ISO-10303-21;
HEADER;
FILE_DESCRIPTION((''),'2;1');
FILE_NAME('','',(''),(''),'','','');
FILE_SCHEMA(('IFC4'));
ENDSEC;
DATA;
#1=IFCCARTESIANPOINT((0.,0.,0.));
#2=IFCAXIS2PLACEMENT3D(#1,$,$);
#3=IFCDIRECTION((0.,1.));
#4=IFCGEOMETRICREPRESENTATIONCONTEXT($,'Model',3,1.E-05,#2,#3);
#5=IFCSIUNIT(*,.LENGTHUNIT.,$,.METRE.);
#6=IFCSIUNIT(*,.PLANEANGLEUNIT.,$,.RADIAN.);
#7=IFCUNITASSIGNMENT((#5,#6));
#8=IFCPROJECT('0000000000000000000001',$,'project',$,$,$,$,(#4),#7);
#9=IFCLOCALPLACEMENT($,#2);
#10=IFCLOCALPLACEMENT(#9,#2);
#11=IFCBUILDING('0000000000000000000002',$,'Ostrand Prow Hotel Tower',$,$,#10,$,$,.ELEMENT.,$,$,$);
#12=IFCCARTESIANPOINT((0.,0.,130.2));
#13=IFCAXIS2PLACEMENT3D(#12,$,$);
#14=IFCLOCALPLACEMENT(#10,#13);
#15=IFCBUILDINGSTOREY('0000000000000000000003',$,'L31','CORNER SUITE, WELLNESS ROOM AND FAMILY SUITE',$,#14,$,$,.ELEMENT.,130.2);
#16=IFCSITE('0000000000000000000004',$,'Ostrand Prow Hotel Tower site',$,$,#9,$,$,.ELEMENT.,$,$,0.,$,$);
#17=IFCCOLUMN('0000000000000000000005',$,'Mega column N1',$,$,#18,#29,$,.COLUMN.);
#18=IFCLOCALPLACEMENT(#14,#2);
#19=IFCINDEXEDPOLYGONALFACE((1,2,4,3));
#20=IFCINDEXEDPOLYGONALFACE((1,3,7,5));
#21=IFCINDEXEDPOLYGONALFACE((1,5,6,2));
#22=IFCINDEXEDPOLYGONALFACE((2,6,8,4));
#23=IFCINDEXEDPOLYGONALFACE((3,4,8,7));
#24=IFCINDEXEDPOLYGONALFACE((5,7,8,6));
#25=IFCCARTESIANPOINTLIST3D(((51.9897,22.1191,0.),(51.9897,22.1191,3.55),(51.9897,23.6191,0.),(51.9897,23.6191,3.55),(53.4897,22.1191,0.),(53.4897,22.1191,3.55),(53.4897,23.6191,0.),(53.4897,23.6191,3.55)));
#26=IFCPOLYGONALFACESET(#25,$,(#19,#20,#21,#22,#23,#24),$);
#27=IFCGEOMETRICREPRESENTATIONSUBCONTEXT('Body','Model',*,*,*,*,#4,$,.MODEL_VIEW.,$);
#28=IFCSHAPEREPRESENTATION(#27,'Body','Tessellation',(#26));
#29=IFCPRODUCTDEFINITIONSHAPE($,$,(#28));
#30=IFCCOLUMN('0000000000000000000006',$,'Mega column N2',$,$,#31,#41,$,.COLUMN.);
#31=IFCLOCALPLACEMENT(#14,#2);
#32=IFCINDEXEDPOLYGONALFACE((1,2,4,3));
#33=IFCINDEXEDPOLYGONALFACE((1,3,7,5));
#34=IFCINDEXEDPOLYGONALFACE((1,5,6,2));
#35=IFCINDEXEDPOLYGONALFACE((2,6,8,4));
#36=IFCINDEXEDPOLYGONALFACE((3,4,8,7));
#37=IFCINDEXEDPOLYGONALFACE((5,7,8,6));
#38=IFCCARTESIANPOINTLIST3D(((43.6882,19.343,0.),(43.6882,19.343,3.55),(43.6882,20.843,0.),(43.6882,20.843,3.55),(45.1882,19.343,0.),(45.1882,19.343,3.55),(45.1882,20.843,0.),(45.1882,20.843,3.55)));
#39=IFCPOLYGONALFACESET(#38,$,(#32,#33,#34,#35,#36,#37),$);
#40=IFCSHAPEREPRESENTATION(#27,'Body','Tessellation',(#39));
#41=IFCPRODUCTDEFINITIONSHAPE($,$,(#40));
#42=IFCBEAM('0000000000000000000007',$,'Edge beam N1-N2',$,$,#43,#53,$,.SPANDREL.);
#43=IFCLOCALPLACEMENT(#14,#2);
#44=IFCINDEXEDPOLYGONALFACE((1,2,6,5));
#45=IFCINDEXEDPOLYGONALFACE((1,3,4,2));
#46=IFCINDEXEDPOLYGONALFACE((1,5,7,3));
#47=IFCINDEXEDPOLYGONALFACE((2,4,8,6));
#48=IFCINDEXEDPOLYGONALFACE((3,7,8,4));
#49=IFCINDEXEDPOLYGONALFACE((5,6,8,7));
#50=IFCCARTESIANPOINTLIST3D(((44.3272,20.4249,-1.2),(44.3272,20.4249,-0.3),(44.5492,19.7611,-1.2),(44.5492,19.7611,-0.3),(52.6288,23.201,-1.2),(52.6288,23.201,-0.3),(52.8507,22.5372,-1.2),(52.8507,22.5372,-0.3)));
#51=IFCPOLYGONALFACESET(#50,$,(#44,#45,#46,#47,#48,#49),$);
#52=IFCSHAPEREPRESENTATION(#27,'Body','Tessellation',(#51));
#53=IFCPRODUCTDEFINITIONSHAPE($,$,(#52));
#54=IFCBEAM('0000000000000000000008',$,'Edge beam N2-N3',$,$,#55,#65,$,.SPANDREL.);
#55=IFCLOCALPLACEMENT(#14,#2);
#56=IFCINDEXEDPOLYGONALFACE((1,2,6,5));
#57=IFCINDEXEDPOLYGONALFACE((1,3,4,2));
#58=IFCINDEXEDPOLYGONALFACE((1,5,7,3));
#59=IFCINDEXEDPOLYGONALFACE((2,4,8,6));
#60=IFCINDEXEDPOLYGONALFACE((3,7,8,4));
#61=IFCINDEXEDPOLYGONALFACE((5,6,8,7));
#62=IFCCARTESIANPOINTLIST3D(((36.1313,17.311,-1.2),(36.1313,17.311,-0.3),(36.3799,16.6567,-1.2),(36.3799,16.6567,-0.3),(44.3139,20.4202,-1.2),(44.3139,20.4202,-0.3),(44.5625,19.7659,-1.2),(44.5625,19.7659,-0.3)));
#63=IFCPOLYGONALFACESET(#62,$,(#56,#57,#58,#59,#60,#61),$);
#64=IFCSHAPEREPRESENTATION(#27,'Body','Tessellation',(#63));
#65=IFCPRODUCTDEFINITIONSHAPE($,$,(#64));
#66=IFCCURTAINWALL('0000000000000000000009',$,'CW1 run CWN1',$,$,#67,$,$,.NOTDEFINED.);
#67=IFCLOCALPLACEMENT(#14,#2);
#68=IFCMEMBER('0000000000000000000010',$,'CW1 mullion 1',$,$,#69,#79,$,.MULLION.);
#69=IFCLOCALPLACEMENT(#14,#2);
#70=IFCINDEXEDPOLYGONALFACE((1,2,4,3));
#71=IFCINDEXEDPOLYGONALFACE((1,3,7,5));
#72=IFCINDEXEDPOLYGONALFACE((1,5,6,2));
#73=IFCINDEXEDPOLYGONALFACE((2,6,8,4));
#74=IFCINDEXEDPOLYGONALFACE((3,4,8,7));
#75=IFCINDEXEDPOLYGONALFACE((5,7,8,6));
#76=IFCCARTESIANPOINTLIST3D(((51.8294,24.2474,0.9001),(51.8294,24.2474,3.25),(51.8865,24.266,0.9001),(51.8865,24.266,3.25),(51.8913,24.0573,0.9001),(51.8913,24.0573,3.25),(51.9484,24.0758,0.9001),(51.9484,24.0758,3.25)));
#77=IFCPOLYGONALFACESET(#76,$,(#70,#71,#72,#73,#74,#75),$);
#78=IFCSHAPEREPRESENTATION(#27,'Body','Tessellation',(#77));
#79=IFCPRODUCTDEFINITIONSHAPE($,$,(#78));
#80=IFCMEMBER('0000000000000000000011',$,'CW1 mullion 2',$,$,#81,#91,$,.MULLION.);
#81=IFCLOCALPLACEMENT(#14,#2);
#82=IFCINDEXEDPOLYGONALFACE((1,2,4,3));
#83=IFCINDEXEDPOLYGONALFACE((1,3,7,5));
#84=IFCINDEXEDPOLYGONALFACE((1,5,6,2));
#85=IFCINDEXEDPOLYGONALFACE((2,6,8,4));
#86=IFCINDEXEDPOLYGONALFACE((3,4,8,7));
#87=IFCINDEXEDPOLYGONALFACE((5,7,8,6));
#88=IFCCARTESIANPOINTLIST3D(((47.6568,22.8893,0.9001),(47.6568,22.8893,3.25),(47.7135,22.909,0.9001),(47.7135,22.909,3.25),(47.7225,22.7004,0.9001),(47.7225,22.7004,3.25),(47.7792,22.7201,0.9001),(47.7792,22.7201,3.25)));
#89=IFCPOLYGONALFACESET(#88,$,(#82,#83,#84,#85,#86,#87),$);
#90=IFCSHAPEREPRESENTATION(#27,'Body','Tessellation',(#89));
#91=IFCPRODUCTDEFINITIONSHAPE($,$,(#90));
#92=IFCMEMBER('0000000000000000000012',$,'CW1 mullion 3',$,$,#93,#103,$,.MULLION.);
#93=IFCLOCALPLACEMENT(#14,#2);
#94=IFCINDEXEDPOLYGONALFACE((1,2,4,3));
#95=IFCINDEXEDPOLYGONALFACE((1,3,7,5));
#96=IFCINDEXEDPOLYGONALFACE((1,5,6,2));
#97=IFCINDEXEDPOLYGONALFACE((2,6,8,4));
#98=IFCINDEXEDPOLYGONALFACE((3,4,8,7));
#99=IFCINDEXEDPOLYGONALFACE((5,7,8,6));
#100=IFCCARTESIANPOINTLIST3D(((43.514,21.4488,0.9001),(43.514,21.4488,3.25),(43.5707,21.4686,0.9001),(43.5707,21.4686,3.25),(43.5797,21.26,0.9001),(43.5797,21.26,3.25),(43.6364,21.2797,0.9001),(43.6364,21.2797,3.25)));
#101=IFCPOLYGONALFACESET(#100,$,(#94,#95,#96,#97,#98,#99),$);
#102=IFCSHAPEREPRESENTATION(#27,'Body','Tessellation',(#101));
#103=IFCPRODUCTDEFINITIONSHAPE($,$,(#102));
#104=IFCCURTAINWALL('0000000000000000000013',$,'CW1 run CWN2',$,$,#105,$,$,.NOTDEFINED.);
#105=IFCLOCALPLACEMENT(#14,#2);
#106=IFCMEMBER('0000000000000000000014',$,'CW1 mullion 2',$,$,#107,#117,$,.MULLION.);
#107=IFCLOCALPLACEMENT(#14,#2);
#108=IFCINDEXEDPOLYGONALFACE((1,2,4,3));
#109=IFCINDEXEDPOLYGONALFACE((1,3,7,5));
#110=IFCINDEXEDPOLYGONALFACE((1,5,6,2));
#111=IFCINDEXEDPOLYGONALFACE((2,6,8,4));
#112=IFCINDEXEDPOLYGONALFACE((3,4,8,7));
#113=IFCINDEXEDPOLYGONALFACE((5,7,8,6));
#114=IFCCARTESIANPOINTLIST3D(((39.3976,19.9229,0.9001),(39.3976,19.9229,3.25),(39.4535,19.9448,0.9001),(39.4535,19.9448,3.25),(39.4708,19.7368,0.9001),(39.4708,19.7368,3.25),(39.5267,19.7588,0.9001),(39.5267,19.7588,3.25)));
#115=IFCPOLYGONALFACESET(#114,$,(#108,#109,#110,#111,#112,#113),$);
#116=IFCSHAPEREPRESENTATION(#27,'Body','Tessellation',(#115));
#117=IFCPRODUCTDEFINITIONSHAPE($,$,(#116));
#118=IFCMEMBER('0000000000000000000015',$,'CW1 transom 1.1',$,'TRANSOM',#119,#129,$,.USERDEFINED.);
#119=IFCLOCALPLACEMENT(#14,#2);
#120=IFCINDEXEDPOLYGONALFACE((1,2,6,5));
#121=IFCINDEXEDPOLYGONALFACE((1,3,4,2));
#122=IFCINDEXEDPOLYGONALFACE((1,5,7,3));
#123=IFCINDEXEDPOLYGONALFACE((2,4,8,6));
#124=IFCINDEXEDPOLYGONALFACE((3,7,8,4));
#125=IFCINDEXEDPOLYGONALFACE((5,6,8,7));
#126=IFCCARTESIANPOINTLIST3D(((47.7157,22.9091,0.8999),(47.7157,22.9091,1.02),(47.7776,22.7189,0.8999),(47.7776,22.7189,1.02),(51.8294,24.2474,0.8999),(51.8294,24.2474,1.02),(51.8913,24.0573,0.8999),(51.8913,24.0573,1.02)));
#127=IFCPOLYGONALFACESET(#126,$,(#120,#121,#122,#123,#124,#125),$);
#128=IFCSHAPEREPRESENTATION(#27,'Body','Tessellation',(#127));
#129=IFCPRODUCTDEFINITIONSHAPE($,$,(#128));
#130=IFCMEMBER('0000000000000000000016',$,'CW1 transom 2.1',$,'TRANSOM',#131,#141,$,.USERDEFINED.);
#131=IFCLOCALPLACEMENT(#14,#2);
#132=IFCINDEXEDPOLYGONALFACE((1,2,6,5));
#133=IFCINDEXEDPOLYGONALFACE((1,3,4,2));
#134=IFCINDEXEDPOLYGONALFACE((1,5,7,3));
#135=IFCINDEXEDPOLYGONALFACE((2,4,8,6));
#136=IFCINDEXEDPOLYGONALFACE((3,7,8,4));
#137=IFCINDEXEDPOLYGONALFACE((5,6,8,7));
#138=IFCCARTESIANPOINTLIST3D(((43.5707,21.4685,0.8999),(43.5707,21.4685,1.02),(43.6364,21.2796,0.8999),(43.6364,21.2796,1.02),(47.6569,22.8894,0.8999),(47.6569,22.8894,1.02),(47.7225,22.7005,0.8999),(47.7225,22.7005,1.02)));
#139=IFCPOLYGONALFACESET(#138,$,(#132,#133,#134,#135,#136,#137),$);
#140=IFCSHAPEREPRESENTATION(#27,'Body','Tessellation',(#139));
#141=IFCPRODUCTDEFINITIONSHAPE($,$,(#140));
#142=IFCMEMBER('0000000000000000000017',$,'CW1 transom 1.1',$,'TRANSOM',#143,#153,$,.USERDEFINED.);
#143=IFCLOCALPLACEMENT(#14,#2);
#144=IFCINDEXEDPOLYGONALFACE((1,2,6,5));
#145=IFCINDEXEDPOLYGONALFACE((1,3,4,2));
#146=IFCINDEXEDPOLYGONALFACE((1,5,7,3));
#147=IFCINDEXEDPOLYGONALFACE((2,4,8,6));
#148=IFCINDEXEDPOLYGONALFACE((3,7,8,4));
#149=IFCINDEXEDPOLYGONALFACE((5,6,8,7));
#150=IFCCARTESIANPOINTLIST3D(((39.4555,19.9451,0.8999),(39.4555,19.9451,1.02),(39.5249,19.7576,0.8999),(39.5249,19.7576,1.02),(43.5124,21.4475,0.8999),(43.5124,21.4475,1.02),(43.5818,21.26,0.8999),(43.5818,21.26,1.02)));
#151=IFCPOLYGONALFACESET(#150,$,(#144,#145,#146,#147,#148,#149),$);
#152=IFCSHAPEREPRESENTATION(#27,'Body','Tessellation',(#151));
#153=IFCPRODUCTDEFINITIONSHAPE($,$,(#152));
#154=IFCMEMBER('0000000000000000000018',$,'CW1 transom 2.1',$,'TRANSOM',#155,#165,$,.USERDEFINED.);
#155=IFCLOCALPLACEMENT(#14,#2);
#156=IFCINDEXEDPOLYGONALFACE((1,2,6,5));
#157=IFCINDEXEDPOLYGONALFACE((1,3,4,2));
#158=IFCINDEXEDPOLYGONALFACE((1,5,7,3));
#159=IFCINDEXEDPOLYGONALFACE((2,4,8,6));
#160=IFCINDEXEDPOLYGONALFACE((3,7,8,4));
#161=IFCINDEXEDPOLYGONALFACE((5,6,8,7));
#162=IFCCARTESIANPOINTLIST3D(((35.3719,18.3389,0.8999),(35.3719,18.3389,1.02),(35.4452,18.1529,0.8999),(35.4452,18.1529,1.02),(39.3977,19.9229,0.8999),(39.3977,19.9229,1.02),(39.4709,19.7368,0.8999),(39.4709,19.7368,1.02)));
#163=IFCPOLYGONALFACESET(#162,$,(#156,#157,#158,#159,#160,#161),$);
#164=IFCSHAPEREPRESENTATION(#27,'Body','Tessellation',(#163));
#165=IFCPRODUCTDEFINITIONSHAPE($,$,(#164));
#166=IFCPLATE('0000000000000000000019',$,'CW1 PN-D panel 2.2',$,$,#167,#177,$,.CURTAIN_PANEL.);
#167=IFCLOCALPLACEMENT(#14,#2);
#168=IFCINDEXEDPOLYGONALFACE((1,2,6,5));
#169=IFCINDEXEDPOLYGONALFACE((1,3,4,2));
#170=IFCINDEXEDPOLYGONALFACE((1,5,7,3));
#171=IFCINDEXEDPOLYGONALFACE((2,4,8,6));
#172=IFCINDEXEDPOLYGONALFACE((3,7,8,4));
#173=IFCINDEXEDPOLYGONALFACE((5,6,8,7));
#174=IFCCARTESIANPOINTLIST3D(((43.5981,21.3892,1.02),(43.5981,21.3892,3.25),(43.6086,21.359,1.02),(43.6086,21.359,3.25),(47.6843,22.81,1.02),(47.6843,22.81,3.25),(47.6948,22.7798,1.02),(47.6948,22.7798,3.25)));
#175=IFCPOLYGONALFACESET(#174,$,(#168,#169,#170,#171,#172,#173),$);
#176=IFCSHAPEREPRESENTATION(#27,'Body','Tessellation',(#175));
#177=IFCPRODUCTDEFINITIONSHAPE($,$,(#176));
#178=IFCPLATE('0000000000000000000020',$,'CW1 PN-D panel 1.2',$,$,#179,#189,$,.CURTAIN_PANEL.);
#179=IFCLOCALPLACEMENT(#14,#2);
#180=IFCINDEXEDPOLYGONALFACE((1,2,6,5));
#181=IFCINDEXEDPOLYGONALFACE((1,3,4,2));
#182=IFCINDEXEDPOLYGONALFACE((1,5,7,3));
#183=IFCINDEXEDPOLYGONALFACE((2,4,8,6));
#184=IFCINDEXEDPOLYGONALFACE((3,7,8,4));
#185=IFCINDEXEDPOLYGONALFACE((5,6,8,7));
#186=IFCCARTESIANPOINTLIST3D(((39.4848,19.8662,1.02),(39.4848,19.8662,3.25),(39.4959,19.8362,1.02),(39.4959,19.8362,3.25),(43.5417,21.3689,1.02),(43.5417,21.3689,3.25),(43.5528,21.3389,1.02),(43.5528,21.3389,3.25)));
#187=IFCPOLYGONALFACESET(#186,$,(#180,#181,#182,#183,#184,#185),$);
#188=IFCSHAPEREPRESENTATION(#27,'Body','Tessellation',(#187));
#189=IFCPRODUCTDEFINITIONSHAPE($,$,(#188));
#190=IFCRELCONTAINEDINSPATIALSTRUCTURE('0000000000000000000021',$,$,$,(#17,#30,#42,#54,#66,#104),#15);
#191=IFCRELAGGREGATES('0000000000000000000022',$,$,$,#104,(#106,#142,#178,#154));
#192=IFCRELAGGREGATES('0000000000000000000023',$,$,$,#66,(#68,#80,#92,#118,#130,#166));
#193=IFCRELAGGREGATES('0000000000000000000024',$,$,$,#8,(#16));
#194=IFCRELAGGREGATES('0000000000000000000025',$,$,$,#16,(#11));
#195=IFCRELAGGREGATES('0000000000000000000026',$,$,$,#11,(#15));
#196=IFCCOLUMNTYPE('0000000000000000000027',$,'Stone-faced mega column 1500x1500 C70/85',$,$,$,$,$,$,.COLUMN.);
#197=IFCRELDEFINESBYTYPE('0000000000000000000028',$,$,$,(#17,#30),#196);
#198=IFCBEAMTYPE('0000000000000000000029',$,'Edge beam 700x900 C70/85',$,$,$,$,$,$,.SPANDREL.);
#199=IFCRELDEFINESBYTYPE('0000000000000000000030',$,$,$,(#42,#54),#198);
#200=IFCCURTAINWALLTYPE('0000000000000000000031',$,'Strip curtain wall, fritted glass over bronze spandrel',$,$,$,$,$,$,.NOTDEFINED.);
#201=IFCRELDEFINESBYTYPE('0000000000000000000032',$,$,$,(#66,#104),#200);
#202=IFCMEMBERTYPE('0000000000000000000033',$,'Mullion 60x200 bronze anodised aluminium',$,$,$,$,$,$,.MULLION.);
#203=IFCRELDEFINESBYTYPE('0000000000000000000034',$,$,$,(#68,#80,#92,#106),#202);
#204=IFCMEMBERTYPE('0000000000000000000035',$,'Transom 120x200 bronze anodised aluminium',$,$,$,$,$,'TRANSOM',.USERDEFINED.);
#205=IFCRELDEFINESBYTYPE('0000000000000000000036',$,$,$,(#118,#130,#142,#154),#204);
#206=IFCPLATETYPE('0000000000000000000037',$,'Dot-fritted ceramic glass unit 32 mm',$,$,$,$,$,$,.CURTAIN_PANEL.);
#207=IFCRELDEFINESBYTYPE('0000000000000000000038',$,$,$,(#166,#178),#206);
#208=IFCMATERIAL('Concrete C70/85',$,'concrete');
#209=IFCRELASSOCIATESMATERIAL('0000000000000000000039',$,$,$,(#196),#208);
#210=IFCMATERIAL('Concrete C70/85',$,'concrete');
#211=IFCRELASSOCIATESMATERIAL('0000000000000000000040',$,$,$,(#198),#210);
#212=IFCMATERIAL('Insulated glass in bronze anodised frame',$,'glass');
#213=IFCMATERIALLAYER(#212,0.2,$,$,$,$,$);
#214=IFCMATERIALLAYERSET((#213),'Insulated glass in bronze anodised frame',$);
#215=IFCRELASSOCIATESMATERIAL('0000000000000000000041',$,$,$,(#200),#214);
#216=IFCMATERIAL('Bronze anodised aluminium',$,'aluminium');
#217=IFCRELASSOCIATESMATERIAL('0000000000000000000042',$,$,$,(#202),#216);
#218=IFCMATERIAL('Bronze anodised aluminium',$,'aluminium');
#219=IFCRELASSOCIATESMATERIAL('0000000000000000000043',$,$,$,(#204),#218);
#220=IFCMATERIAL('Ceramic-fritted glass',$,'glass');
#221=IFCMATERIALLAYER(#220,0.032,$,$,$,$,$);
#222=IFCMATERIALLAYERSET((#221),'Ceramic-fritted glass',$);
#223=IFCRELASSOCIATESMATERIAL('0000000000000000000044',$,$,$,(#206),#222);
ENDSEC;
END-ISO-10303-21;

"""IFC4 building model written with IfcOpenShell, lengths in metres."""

from ifc_helpers import new_model, si_unit, direction, frame, origin, origin_2d, place, context, subcontext, project, spatial, rectangle, extrude, material, layer, layer_set, material_profile, profile_set, type_object, element, aggregate, save


model = new_model("IFC4")

# Units and contexts
model_context = context("Model", 3, precision=1e-05, world=origin(), true_north=direction((0.0, 1.0)))
body_context = subcontext(model_context, "Body", "Model", "MODEL_VIEW")
ifc_project = project(units=[si_unit("LENGTHUNIT", "METRE"), si_unit("PLANEANGLEUNIT", "RADIAN")], contexts=[model_context])

# Site, building, storey
site_placement = place(None, origin())
site = spatial("IfcSite", under=ifc_project, at=site_placement, Name="Ostrand Prow Hotel Tower site", CompositionType="ELEMENT", RefElevation=0.0)
building_placement = place(site_placement, origin())
building = spatial("IfcBuilding", under=site, at=building_placement, Name="Ostrand Prow Hotel Tower", CompositionType="ELEMENT")
storey_placement = place(building_placement, frame((0.0, 0.0, 130.2)))
storey = spatial("IfcBuildingStorey", under=building, at=storey_placement, Name="L31", Description="CORNER SUITE, WELLNESS ROOM AND FAMILY SUITE", CompositionType="ELEMENT", Elevation=130.2)

# Columns
ifc_material_1 = material(Name="Concrete C70/85", Category="concrete")
ifc_material_profile_1 = material_profile(ifc_material_1, rectangle(XDim=1.5, YDim=1.5, at=origin_2d()), Name="RC 1500x1500")
ifc_profile_set_1 = profile_set([ifc_material_profile_1], Name="Concrete C70/85")
column_type = type_object("IfcColumnType", Name="Stone-faced mega column 1500x1500 C70/85", PredefinedType="COLUMN", material=ifc_profile_set_1)
for number, where, z_axis, x_axis, name in (
    (1, (52.7397, 22.8691, 0.0), (0.0, 0.0, 1.0), (1.0, 0.0, 0.0), "Mega column N1"),
    (2, (44.4382, 20.093, 0.0), (0.0, 0.0, 1.0), (1.0, 0.0, 0.0), "Mega column N2"),
):
    element("IfcColumn", number, at=place(storey_placement, frame(where, z_axis=z_axis, x_axis=x_axis)), inside=storey, type_object=column_type, Name=name, PredefinedType="COLUMN", context=body_context, shape_type="SweptSolid", body=[
        extrude(rectangle(XDim=1.5, YDim=1.5, at=origin_2d()), origin(), (0.0, 0.0, 1.0), 3.55),
    ])

# Beams
ifc_material_2 = material(Name="Concrete C70/85", Category="concrete")
ifc_material_profile_2 = material_profile(ifc_material_2, rectangle(XDim=0.7, YDim=0.8999, at=origin_2d()), Name="RC 700x900")
ifc_profile_set_2 = profile_set([ifc_material_profile_2], Name="Concrete C70/85")
beam_type = type_object("IfcBeamType", Name="Edge beam 700x900 C70/85", PredefinedType="SPANDREL", material=ifc_profile_set_2)
for number, where, z_axis, x_axis, name in (
    (3, (52.7397, 22.8691, -0.75), (-0.948376, -0.317148, 0.0), (0.317148, -0.948376, 0.0), "Edge beam N1-N2"),
    (4, (44.4382, 20.093, -0.75), (-0.934794, -0.355191, 0.0), (0.355191, -0.934794, 0.0), "Edge beam N2-N3"),
):
    element("IfcBeam", number, at=place(storey_placement, frame(where, z_axis=z_axis, x_axis=x_axis)), inside=storey, type_object=beam_type, Name=name, PredefinedType="SPANDREL", context=body_context, shape_type="SweptSolid", body=[
        extrude(rectangle(XDim=0.7, YDim=0.8999, at=origin_2d()), origin(), (0.0, 0.0, 1.0), 8.7534),
    ])

# Curtain wall, members
ifc_material_3 = material(Name="Insulated glass in bronze anodised frame", Category="glass")
ifc_layer_1 = layer(ifc_material_3, 0.2)
ifc_layer_set_1 = layer_set([ifc_layer_1], Name="Insulated glass in bronze anodised frame")
curtain_wall_type = type_object("IfcCurtainWallType", Name="Strip curtain wall, fritted glass over bronze spandrel", PredefinedType="NOTDEFINED", material=ifc_layer_set_1)
curtain_wall_1_placement = place(storey_placement, origin())
curtain_wall_1 = element("IfcCurtainWall", 5, at=curtain_wall_1_placement, inside=storey, type_object=curtain_wall_type, Name="CW1 run CWN1", PredefinedType="NOTDEFINED")
ifc_material_4 = material(Name="Bronze anodised aluminium", Category="aluminium")
ifc_material_profile_3 = material_profile(ifc_material_4, rectangle(XDim=0.2, YDim=0.0601, at=origin_2d()), Name="Mullion 60x200 bronze anodised aluminium")
ifc_profile_set_3 = profile_set([ifc_material_profile_3], Name="Bronze anodised aluminium")
member_type_1 = type_object("IfcMemberType", Name="Mullion 60x200 bronze anodised aluminium", PredefinedType="MULLION", material=ifc_profile_set_3)
member_1_placement = place(storey_placement, frame((51.8889, 24.1616, 0.9001), z_axis=(0.0, 0.0, 1.0), x_axis=(0.30938, -0.950938, 0.0)))
member_1 = element("IfcMember", 6, at=member_1_placement, type_object=member_type_1, Name="CW1 mullion 1", PredefinedType="MULLION", context=body_context, shape_type="SweptSolid", body=[
    extrude(rectangle(XDim=0.2, YDim=0.0601, at=origin_2d()), origin(), (0.0, 0.0, 1.0), 2.3499),
])
member_2_placement = place(storey_placement, frame((47.718, 22.8047, 0.9001), z_axis=(0.0, 0.0, 1.0), x_axis=(0.328428, -0.944529, 0.0)))
member_2 = element("IfcMember", 7, at=member_2_placement, type_object=member_type_1, Name="CW1 mullion 2", PredefinedType="MULLION", context=body_context, shape_type="SweptSolid", body=[
    extrude(rectangle(XDim=0.2, YDim=0.0601, at=origin_2d()), origin(), (0.0, 0.0, 1.0), 2.3499),
])
member_3_placement = place(storey_placement, frame((43.5752, 21.3643, 0.9001), z_axis=(0.0, 0.0, 1.0), x_axis=(0.328428, -0.944529, 0.0)))
member_3 = element("IfcMember", 8, at=member_3_placement, type_object=member_type_1, Name="CW1 mullion 3", PredefinedType="MULLION", context=body_context, shape_type="SweptSolid", body=[
    extrude(rectangle(XDim=0.2, YDim=0.0601, at=origin_2d()), origin(), (0.0, 0.0, 1.0), 2.3499),
])

# Curtain wall, member
curtain_wall_2_placement = place(storey_placement, origin())
curtain_wall_2 = element("IfcCurtainWall", 9, at=curtain_wall_2_placement, inside=storey, type_object=curtain_wall_type, Name="CW1 run CWN2", PredefinedType="NOTDEFINED")
member_4_placement = place(storey_placement, frame((39.4622, 19.8408, 0.9001), z_axis=(0.0, 0.0, 1.0), x_axis=(0.366116, -0.930569, 0.0)))
member_4 = element("IfcMember", 10, at=member_4_placement, type_object=member_type_1, Name="CW1 mullion 2", PredefinedType="MULLION", context=body_context, shape_type="SweptSolid", body=[
    extrude(rectangle(XDim=0.2, YDim=0.0601, at=origin_2d()), origin(), (0.0, 0.0, 1.0), 2.3499),
])

# Members
ifc_material_5 = material(Name="Bronze anodised aluminium", Category="aluminium")
ifc_material_profile_4 = material_profile(ifc_material_5, rectangle(XDim=0.2, YDim=0.1201, at=origin_2d()), Name="Transom 120x200 bronze anodised aluminium")
ifc_profile_set_4 = profile_set([ifc_material_profile_4], Name="Bronze anodised aluminium")
member_type_2 = type_object("IfcMemberType", Name="Transom 120x200 bronze anodised aluminium", ElementType="TRANSOM", PredefinedType="USERDEFINED", material=ifc_profile_set_4)
member_5_placement = place(storey_placement, frame((51.8604, 24.1523, 0.96), z_axis=(-0.950939, -0.30938, 0.0), x_axis=(0.30938, -0.950939, 0.0)))
member_5 = element("IfcMember", 11, at=member_5_placement, type_object=member_type_2, Name="CW1 transom 1.1", ObjectType="TRANSOM", PredefinedType="USERDEFINED", context=body_context, shape_type="SweptSolid", body=[
    extrude(rectangle(XDim=0.2, YDim=0.1201, at=origin_2d()), origin(), (0.0, 0.0, 1.0), 4.3259),
])
member_6_placement = place(storey_placement, frame((47.6897, 22.7949, 0.96), z_axis=(-0.944524, -0.328442, 0.0), x_axis=(0.328442, -0.944524, 0.0)))
member_6 = element("IfcMember", 12, at=member_6_placement, type_object=member_type_2, Name="CW1 transom 2.1", ObjectType="TRANSOM", PredefinedType="USERDEFINED", context=body_context, shape_type="SweptSolid", body=[
    extrude(rectangle(XDim=0.2, YDim=0.1201, at=origin_2d()), origin(), (0.0, 0.0, 1.0), 4.3262),
])
member_7_placement = place(storey_placement, frame((43.5471, 21.3538, 0.96), z_axis=(-0.937757, -0.347292, 0.0), x_axis=(0.347292, -0.937757, 0.0)))
member_7 = element("IfcMember", 13, at=member_7_placement, type_object=member_type_2, Name="CW1 transom 1.1", ObjectType="TRANSOM", PredefinedType="USERDEFINED", context=body_context, shape_type="SweptSolid", body=[
    extrude(rectangle(XDim=0.2, YDim=0.1201, at=origin_2d()), origin(), (0.0, 0.0, 1.0), 4.3262),
])
member_8_placement = place(storey_placement, frame((39.4343, 19.8298, 0.96), z_axis=(-0.930563, -0.366131, 0.0), x_axis=(0.366131, -0.930563, 0.0)))
member_8 = element("IfcMember", 14, at=member_8_placement, type_object=member_type_2, Name="CW1 transom 2.1", ObjectType="TRANSOM", PredefinedType="USERDEFINED", context=body_context, shape_type="SweptSolid", body=[
    extrude(rectangle(XDim=0.2, YDim=0.1201, at=origin_2d()), origin(), (0.0, 0.0, 1.0), 4.3262),
])

# Plates
ifc_material_6 = material(Name="Ceramic-fritted glass", Category="glass")
ifc_layer_2 = layer(ifc_material_6, 0.032)
ifc_layer_set_2 = layer_set([ifc_layer_2], Name="Ceramic-fritted glass")
plate_type_1 = type_object("IfcPlateType", Name="Dot-fritted ceramic glass unit 32 mm", PredefinedType="CURTAIN_PANEL", material=ifc_layer_set_2)
plate_1_placement = place(storey_placement, frame((45.6465, 22.0845, 1.02), z_axis=(0.0, 0.0, 1.0), x_axis=(-0.944529, -0.328428, 0.0)))
plate_1 = element("IfcPlate", 15, at=plate_1_placement, type_object=plate_type_1, Name="CW1 PN-D panel 2.2", PredefinedType="CURTAIN_PANEL", context=body_context, shape_type="SweptSolid", body=[
    extrude(rectangle(XDim=4.3262, YDim=0.032, at=origin_2d()), origin(), (0.0, 0.0, 1.0), 2.23),
])
plate_2_placement = place(storey_placement, frame((41.5188, 20.6025, 1.02), z_axis=(0.0, 0.0, 1.0), x_axis=(-0.937739, -0.347342, 0.0)))
plate_2 = element("IfcPlate", 16, at=plate_2_placement, type_object=plate_type_1, Name="CW1 PN-D panel 1.2", PredefinedType="CURTAIN_PANEL", context=body_context, shape_type="SweptSolid", body=[
    extrude(rectangle(XDim=4.3262, YDim=0.032, at=origin_2d()), origin(), (0.0, 0.0, 1.0), 2.23),
])
aggregate(curtain_wall_2, [member_4, member_7, plate_2, member_8])
aggregate(curtain_wall_1, [member_1, member_2, member_3, member_5, member_6, plate_1])

save(model, "model.ifc")
